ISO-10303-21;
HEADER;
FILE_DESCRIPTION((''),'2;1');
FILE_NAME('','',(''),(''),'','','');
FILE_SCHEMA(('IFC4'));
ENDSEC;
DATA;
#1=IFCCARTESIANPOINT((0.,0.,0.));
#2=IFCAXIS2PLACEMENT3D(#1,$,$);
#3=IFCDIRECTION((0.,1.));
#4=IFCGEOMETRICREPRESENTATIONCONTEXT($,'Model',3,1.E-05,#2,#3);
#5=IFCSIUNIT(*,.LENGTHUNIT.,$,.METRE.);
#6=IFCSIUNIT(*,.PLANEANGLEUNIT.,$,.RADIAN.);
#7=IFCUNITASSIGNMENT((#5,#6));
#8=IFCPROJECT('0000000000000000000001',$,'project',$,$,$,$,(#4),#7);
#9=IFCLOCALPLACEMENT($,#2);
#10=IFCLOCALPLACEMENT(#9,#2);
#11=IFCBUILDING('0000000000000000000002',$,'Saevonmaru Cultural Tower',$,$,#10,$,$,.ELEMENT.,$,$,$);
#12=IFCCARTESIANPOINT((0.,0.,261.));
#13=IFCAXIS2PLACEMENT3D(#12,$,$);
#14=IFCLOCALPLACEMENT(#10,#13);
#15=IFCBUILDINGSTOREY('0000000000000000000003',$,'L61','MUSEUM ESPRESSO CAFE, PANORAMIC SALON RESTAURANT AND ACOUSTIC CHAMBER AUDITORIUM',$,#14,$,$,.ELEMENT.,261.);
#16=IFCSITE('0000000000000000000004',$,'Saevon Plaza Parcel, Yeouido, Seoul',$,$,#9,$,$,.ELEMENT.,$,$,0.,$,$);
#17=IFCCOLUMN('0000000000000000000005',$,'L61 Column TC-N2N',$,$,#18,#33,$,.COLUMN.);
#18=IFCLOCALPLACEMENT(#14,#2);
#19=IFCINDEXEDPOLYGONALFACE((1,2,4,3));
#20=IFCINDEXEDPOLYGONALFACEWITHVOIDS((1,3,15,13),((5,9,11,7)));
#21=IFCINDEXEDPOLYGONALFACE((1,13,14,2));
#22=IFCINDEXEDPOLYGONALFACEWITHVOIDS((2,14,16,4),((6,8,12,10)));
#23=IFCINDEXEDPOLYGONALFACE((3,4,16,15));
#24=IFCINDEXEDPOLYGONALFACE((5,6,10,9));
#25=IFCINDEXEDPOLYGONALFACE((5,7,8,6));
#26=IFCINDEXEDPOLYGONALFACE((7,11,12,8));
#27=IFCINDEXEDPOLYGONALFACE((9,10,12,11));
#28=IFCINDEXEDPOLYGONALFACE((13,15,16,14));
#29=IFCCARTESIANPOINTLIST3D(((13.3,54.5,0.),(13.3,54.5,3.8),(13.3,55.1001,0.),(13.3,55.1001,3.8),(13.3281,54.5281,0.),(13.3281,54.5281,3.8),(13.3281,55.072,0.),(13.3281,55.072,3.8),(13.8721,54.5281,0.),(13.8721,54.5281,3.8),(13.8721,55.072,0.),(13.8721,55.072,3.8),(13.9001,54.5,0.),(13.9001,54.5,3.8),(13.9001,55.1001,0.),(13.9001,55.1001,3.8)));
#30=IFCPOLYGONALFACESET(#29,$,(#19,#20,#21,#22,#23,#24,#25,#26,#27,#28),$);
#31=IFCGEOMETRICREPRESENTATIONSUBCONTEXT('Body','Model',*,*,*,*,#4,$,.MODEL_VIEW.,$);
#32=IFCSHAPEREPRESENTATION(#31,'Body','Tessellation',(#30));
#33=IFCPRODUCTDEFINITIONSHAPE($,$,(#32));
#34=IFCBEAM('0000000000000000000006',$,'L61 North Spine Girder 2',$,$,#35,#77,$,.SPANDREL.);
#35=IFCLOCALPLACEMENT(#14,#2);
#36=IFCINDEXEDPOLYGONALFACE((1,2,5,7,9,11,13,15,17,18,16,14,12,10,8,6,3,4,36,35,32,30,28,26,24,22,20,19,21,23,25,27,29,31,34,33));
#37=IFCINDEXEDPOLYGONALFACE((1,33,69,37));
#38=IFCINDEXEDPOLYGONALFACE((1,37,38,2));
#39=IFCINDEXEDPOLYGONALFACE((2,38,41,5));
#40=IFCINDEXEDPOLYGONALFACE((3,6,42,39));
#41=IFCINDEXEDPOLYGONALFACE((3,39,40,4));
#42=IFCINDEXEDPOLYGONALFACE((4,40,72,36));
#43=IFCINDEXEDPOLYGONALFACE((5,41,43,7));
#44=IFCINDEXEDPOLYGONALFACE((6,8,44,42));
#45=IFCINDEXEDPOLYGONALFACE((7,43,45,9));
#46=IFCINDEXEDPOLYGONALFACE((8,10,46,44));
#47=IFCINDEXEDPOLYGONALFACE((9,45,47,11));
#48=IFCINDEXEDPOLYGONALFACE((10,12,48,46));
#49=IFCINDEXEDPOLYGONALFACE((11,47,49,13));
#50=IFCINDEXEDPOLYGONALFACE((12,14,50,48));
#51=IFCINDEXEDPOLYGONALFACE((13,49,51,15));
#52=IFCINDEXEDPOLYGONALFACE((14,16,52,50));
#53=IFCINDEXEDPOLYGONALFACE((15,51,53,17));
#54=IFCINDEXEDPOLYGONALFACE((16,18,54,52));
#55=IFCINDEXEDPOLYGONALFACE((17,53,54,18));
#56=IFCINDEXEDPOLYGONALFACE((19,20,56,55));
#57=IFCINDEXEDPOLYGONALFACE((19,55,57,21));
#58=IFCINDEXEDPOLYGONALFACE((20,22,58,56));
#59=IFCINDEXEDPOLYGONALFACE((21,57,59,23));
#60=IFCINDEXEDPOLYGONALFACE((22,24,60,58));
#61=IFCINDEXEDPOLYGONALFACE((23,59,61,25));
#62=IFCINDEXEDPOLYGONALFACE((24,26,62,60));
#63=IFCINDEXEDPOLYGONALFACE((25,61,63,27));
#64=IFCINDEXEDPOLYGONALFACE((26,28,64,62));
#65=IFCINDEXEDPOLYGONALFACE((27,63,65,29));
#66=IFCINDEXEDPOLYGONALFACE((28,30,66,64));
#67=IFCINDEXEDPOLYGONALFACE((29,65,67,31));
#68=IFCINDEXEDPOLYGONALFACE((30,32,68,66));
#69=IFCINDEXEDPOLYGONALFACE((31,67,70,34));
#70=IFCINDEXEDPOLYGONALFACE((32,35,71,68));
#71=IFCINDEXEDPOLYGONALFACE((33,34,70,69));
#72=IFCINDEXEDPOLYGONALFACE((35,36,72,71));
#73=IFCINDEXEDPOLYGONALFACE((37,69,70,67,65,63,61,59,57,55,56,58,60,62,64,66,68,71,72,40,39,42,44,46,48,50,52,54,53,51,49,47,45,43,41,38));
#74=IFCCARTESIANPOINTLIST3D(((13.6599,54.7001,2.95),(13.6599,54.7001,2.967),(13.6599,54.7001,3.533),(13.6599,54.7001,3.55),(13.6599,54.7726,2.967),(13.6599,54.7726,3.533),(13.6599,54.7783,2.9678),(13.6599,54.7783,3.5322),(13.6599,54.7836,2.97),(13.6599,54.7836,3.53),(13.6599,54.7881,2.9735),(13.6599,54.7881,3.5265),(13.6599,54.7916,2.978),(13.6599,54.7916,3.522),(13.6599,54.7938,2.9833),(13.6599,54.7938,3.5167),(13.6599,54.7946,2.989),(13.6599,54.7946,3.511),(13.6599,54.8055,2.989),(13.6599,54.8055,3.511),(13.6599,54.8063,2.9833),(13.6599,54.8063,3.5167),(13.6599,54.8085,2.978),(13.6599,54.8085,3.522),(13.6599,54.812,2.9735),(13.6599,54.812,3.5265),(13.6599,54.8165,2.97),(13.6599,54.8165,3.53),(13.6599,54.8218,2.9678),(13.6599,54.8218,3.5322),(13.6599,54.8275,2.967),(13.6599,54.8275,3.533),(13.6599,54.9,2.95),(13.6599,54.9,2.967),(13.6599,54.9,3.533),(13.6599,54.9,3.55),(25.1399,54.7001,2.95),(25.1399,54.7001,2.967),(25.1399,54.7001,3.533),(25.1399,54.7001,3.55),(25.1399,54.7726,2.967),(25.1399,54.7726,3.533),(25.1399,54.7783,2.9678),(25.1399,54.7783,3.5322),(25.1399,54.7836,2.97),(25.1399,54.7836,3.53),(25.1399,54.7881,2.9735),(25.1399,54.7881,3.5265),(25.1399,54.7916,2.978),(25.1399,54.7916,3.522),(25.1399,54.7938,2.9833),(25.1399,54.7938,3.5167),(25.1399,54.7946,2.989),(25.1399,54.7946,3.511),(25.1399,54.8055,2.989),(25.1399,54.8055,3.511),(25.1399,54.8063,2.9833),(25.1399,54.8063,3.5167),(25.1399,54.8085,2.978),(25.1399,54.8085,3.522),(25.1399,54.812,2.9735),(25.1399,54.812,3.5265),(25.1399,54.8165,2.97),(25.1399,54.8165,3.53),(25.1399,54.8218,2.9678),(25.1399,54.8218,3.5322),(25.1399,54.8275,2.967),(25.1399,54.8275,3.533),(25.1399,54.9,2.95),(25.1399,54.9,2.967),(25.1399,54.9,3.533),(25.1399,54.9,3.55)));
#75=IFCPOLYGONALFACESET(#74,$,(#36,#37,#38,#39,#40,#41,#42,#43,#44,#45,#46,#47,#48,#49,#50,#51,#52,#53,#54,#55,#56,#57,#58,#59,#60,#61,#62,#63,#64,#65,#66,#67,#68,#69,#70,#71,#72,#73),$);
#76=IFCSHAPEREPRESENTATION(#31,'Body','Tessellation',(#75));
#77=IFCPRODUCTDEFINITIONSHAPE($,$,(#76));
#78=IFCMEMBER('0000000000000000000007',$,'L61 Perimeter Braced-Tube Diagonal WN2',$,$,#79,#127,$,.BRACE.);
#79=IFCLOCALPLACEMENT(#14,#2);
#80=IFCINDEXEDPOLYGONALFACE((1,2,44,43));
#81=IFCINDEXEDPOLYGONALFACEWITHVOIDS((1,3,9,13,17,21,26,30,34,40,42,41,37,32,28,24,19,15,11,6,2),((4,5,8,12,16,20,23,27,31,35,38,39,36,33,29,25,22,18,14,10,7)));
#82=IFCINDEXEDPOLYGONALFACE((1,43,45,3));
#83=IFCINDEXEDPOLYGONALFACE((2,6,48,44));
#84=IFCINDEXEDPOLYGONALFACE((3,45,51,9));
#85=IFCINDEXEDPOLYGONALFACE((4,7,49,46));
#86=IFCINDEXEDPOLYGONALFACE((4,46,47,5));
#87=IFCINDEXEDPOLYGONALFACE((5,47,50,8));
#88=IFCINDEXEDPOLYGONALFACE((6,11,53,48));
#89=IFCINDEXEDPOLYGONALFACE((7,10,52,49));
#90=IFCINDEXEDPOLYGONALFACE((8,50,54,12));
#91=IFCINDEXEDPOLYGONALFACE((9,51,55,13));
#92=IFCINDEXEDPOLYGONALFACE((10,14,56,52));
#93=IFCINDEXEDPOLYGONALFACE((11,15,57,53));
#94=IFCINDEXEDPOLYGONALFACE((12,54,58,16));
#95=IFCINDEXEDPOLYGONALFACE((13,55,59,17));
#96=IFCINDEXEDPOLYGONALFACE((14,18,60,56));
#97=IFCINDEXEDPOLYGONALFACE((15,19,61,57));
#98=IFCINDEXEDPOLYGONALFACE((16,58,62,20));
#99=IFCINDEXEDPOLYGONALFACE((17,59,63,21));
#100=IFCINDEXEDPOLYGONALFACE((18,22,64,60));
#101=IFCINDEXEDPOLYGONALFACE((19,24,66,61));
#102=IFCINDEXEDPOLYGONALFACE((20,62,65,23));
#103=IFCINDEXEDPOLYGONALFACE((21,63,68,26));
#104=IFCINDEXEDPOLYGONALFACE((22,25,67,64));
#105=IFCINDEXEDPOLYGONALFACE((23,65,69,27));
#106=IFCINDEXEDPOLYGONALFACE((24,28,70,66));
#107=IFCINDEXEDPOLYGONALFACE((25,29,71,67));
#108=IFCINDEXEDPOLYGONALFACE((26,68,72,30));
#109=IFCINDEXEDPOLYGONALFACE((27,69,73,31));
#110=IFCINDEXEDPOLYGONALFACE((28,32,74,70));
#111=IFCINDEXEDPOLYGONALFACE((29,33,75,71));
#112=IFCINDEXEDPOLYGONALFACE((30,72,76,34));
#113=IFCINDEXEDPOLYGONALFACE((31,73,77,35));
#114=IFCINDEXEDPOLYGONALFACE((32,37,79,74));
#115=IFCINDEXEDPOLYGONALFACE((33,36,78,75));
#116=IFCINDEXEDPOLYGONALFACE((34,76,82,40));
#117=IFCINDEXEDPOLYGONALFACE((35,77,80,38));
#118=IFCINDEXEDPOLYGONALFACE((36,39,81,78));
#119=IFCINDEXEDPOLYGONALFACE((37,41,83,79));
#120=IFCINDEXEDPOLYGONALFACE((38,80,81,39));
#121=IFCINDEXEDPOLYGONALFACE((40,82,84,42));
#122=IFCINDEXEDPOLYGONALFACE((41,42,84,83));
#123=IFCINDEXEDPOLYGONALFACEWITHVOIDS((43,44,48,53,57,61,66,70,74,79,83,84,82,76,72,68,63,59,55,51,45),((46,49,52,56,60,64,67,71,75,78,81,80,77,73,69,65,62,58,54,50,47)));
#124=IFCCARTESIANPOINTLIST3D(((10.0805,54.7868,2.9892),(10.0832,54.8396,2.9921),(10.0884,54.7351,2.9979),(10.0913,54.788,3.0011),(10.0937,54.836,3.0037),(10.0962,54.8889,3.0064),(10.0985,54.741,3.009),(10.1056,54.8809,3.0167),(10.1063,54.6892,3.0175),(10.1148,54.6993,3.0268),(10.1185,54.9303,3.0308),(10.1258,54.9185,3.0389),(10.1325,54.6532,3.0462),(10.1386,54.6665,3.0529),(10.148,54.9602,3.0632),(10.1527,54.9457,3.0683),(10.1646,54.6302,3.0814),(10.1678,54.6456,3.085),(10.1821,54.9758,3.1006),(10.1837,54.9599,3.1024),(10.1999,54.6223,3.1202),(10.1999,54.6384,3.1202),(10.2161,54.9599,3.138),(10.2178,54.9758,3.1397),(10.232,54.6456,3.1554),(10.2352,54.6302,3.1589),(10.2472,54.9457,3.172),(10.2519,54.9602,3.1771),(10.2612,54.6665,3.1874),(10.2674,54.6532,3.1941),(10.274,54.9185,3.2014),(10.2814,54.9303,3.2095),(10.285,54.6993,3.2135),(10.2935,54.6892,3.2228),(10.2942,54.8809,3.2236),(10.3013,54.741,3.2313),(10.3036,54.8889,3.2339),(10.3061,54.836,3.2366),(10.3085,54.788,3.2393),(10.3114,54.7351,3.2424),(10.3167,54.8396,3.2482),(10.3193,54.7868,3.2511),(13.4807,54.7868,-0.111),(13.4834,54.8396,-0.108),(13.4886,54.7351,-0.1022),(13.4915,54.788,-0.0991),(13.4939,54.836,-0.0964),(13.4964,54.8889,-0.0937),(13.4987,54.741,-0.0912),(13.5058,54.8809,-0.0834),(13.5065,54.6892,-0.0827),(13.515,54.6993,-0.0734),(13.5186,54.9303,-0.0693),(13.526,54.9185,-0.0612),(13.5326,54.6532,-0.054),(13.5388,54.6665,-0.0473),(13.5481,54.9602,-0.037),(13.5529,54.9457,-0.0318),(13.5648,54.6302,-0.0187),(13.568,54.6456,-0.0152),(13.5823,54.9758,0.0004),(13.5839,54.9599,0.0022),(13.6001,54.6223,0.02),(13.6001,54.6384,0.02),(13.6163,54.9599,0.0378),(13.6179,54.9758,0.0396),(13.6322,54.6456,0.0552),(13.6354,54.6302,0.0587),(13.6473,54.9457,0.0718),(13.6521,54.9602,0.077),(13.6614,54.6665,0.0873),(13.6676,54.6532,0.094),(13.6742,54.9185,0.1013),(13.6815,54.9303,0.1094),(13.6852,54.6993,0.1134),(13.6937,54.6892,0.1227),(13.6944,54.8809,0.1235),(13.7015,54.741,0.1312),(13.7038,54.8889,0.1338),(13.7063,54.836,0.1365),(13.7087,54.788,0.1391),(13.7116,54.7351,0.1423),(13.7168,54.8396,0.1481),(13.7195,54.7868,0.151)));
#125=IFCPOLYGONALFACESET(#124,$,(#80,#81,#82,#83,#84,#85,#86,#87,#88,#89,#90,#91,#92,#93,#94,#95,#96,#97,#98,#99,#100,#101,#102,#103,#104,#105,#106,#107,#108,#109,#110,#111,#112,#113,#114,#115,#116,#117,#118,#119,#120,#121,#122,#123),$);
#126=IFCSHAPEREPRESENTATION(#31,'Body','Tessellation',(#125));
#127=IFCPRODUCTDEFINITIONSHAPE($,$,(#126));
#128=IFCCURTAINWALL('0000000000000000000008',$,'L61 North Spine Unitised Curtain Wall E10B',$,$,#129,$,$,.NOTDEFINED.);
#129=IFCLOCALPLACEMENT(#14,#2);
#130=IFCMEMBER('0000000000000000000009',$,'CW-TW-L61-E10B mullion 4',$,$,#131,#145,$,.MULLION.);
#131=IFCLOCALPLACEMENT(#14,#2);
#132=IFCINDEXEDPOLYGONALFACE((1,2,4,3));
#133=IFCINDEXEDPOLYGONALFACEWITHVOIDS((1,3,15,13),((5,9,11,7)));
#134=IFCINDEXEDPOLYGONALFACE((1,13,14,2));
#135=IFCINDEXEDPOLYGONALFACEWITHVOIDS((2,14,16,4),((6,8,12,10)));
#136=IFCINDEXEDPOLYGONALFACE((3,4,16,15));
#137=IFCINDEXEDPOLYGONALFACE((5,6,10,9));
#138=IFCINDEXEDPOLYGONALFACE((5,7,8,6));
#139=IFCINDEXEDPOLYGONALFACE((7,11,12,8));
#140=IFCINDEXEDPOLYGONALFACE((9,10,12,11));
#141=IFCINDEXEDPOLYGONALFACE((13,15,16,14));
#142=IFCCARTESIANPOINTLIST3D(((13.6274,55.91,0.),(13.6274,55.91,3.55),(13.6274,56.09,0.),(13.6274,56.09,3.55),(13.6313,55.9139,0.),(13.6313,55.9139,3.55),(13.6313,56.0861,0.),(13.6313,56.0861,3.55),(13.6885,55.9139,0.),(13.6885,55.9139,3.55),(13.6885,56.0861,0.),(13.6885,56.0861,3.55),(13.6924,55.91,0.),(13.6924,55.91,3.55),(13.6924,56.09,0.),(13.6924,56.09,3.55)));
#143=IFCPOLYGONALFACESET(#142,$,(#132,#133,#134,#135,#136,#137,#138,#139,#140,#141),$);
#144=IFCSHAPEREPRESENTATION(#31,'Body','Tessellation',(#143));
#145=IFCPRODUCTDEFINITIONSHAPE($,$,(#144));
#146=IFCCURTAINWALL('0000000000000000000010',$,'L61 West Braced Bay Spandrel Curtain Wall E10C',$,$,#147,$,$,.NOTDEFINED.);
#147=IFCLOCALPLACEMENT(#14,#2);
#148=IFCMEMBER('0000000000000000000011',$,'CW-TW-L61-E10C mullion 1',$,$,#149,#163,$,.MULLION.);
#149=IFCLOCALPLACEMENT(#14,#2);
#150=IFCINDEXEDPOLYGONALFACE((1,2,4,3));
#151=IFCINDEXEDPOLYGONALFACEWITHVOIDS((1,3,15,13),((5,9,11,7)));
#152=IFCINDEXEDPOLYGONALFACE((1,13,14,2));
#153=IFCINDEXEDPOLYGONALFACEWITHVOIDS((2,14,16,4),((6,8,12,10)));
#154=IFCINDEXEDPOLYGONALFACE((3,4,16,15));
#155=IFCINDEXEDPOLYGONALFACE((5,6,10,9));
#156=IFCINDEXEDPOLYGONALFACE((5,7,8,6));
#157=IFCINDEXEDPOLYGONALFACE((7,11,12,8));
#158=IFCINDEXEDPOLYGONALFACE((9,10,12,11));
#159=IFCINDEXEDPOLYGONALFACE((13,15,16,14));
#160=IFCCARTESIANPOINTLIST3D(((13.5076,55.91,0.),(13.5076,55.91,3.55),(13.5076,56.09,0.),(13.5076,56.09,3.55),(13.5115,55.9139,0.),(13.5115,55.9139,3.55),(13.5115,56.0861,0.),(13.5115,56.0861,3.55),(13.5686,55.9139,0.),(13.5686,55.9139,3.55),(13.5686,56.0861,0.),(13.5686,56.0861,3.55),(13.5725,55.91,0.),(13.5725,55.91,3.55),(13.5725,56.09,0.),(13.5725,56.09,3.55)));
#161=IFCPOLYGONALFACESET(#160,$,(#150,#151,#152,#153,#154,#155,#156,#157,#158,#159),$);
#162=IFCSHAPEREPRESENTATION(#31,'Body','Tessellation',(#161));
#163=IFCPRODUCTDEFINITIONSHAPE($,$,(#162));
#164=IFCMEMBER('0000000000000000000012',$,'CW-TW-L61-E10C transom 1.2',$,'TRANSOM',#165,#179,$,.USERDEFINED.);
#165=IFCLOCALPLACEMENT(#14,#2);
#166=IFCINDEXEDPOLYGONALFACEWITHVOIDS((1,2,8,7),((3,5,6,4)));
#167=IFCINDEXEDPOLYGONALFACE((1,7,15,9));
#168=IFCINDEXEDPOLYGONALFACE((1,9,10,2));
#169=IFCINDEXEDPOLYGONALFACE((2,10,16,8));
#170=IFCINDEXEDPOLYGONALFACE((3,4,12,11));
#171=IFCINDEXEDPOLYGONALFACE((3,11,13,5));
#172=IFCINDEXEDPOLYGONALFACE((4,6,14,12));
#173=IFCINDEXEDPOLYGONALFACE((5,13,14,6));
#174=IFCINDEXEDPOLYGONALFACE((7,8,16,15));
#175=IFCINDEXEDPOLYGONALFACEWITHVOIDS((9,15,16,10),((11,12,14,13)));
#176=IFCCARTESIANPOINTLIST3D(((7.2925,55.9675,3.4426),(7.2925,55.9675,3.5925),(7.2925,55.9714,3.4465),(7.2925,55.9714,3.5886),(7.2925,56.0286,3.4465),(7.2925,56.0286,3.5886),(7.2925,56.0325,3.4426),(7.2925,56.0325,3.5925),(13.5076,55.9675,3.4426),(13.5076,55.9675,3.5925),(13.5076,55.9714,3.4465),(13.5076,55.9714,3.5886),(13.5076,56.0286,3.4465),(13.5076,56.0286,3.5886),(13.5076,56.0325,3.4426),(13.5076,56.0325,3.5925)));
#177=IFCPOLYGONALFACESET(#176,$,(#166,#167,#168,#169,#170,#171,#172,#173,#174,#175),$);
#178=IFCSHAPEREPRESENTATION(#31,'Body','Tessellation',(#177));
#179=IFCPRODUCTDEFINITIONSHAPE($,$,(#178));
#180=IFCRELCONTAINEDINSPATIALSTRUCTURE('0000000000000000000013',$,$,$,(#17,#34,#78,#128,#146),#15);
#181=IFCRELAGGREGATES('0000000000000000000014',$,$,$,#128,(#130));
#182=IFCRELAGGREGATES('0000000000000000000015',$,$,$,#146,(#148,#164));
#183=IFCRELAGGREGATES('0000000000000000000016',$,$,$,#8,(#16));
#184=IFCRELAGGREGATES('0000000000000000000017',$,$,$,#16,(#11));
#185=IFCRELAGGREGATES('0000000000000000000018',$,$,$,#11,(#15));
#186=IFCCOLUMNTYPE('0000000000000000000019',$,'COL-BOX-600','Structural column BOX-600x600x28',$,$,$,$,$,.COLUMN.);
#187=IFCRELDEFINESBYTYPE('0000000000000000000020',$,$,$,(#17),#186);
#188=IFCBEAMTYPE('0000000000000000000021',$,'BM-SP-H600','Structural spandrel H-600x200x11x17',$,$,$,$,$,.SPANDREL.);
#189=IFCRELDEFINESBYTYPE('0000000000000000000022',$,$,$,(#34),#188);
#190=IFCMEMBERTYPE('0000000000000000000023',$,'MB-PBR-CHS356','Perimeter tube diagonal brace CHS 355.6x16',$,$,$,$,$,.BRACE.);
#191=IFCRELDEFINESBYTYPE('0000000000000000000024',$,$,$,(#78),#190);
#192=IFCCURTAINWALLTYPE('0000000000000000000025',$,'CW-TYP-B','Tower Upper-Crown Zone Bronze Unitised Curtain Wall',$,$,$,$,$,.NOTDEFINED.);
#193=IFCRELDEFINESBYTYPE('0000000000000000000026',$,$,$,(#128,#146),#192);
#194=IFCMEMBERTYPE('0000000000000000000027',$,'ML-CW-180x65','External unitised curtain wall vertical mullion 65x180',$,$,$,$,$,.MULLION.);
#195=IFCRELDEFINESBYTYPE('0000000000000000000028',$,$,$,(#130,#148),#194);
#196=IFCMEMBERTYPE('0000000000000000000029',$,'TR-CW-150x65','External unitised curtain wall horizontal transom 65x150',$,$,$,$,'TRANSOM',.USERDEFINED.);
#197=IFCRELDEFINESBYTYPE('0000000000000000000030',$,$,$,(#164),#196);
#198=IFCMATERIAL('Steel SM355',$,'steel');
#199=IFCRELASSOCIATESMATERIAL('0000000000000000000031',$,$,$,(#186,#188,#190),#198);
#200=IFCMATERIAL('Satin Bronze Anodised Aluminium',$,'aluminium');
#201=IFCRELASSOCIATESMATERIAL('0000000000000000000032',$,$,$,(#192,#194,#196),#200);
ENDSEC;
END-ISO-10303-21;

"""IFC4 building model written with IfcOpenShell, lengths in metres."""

from ifc_helpers import new_model, si_unit, direction, frame, origin, origin_2d, place, context, subcontext, project, spatial, hollow_rectangle, hollow_circle, i_section, extrude, material, material_profile, profile_set, type_object, element, aggregate, save


model = new_model("IFC4")

# Units and contexts
model_context = context("Model", 3, precision=1e-05, world=origin(), true_north=direction((0.0, 1.0)))
body_context = subcontext(model_context, "Body", "Model", "MODEL_VIEW")
ifc_project = project(units=[si_unit("LENGTHUNIT", "METRE"), si_unit("PLANEANGLEUNIT", "RADIAN")], contexts=[model_context])

# Site, building, storey
site_placement = place(None, origin())
site = spatial("IfcSite", under=ifc_project, at=site_placement, Name="Saevon Plaza Parcel, Yeouido, Seoul", CompositionType="ELEMENT", RefElevation=0.0)
building_placement = place(site_placement, origin())
building = spatial("IfcBuilding", under=site, at=building_placement, Name="Saevonmaru Cultural Tower", CompositionType="ELEMENT")
storey_placement = place(building_placement, frame((0.0, 0.0, 261.0)))
storey = spatial("IfcBuildingStorey", under=building, at=storey_placement, Name="L61", Description="MUSEUM ESPRESSO CAFE, PANORAMIC SALON RESTAURANT AND ACOUSTIC CHAMBER AUDITORIUM", CompositionType="ELEMENT", Elevation=261.0)

# Column
ifc_material_1 = material(Name="Steel SM355", Category="steel")
ifc_material_profile_1 = material_profile(ifc_material_1, hollow_rectangle(XDim=0.6001, YDim=0.6001, WallThickness=0.0281, at=origin_2d()), Name="BOX-600x600x28")
ifc_profile_set_1 = profile_set([ifc_material_profile_1], Name="Steel SM355")
column_type = type_object("IfcColumnType", Name="COL-BOX-600", Description="Structural column BOX-600x600x28", PredefinedType="COLUMN", material=ifc_profile_set_1)
column_placement = place(storey_placement, frame((13.6001, 54.8, 0.0), z_axis=(0.0, 0.0, 1.0), x_axis=(1.0, 0.0, 0.0)))
element("IfcColumn", 1, at=column_placement, inside=storey, type_object=column_type, Name="L61 Column TC-N2N", PredefinedType="COLUMN", context=body_context, shape_type="SweptSolid", body=[
    extrude(hollow_rectangle(XDim=0.6001, YDim=0.6001, WallThickness=0.0281, at=origin_2d()), origin(), (0.0, 0.0, 1.0), 3.8),
])

# Beam
ifc_material_profile_2 = material_profile(ifc_material_1, i_section(OverallWidth=0.2, OverallDepth=0.6001, WebThickness=0.011, FlangeThickness=0.0171, FilletRadius=0.022, at=origin_2d()), Name="H-600x200x11x17")
ifc_profile_set_2 = profile_set([ifc_material_profile_2], Name="Steel SM355")
beam_type = type_object("IfcBeamType", Name="BM-SP-H600", Description="Structural spandrel H-600x200x11x17", PredefinedType="SPANDREL", material=ifc_profile_set_2)
beam_placement = place(storey_placement, frame((13.6599, 54.8, 3.25), z_axis=(1.0, 0.0, 0.0), x_axis=(0.0, 1.0, 0.0)))
element("IfcBeam", 2, at=beam_placement, inside=storey, type_object=beam_type, Name="L61 North Spine Girder 2", PredefinedType="SPANDREL", context=body_context, shape_type="SweptSolid", body=[
    extrude(i_section(OverallWidth=0.2, OverallDepth=0.6001, WebThickness=0.011, FlangeThickness=0.0171, FilletRadius=0.022, at=origin_2d()), origin(), (0.0, 0.0, 1.0), 11.48),
])

# Member
ifc_material_profile_3 = material_profile(ifc_material_1, hollow_circle(Radius=0.1777, WallThickness=0.0161, at=origin_2d()), Name="CHS-355.6x16")
ifc_profile_set_3 = profile_set([ifc_material_profile_3], Name="Steel SM355")
member_type_1 = type_object("IfcMemberType", Name="MB-PBR-CHS356", Description="Perimeter tube diagonal brace CHS 355.6x16", PredefinedType="BRACE", material=ifc_profile_set_3)
member_1_placement = place(storey_placement, frame((13.6001, 54.8, 0.02), z_axis=(-0.73896, 0.0, 0.67375), x_axis=(0.0, -1.0, 0.0)))
element("IfcMember", 3, at=member_1_placement, inside=storey, type_object=member_type_1, Name="L61 Perimeter Braced-Tube Diagonal WN2", PredefinedType="BRACE", context=body_context, shape_type="SweptSolid", body=[
    extrude(hollow_circle(Radius=0.1777, WallThickness=0.0161, at=origin_2d()), origin(), (0.0, 0.0, 1.0), 4.6013),
])

# Curtain wall, member
ifc_material_2 = material(Name="Satin Bronze Anodised Aluminium", Category="aluminium")
curtain_wall_type = type_object("IfcCurtainWallType", Name="CW-TYP-B", Description="Tower Upper-Crown Zone Bronze Unitised Curtain Wall", PredefinedType="NOTDEFINED", material=ifc_material_2)
curtain_wall_1_placement = place(storey_placement, origin())
curtain_wall_1 = element("IfcCurtainWall", 4, at=curtain_wall_1_placement, inside=storey, type_object=curtain_wall_type, Name="L61 North Spine Unitised Curtain Wall E10B", PredefinedType="NOTDEFINED")
ifc_material_profile_4 = material_profile(ifc_material_2, hollow_rectangle(XDim=0.0649, YDim=0.1799, WallThickness=0.0039, at=origin_2d()), Name="ALU-MULL-180x65x4")
ifc_profile_set_4 = profile_set([ifc_material_profile_4], Name="Satin Bronze Anodised Aluminium")
member_type_2 = type_object("IfcMemberType", Name="ML-CW-180x65", Description="External unitised curtain wall vertical mullion 65x180", PredefinedType="MULLION", material=ifc_profile_set_4)
member_2_placement = place(storey_placement, frame((13.6599, 56.0, 0.0), z_axis=(0.0, 0.0, 1.0), x_axis=(-1.0, 0.0, 0.0)))
member_2 = element("IfcMember", 5, at=member_2_placement, type_object=member_type_2, Name="CW-TW-L61-E10B mullion 4", PredefinedType="MULLION", context=body_context, shape_type="SweptSolid", body=[
    extrude(hollow_rectangle(XDim=0.0649, YDim=0.1799, WallThickness=0.0039, at=origin_2d()), origin(), (0.0, 0.0, 1.0), 3.55),
])
aggregate(curtain_wall_1, [member_2])

# Curtain wall, members
curtain_wall_2_placement = place(storey_placement, origin())
curtain_wall_2 = element("IfcCurtainWall", 6, at=curtain_wall_2_placement, inside=storey, type_object=curtain_wall_type, Name="L61 West Braced Bay Spandrel Curtain Wall E10C", PredefinedType="NOTDEFINED")
member_3_placement = place(storey_placement, frame((13.54, 56.0, 0.0), z_axis=(0.0, 0.0, 1.0), x_axis=(-1.0, 0.0, 0.0)))
member_3 = element("IfcMember", 7, at=member_3_placement, type_object=member_type_2, Name="CW-TW-L61-E10C mullion 1", PredefinedType="MULLION", context=body_context, shape_type="SweptSolid", body=[
    extrude(hollow_rectangle(XDim=0.0649, YDim=0.1799, WallThickness=0.0039, at=origin_2d()), origin(), (0.0, 0.0, 1.0), 3.55),
])
ifc_material_profile_5 = material_profile(ifc_material_2, hollow_rectangle(XDim=0.0649, YDim=0.1499, WallThickness=0.0039, at=origin_2d()), Name="ALU-TRAN-150x65x4")
ifc_profile_set_5 = profile_set([ifc_material_profile_5], Name="Satin Bronze Anodised Aluminium")
member_type_3 = type_object("IfcMemberType", Name="TR-CW-150x65", Description="External unitised curtain wall horizontal transom 65x150", ElementType="TRANSOM", PredefinedType="USERDEFINED", material=ifc_profile_set_5)
member_4_placement = place(storey_placement, frame((13.5076, 56.0, 3.5176), z_axis=(-1.0, 0.0, 0.0), x_axis=(0.0, -1.0, 0.0)))
member_4 = element("IfcMember", 8, at=member_4_placement, type_object=member_type_3, Name="CW-TW-L61-E10C transom 1.2", ObjectType="TRANSOM", PredefinedType="USERDEFINED", context=body_context, shape_type="SweptSolid", body=[
    extrude(hollow_rectangle(XDim=0.0649, YDim=0.1499, WallThickness=0.0039, at=origin_2d()), origin(), (0.0, 0.0, 1.0), 6.2151),
])
aggregate(curtain_wall_2, [member_3, member_4])

save(model, "model.ifc")
